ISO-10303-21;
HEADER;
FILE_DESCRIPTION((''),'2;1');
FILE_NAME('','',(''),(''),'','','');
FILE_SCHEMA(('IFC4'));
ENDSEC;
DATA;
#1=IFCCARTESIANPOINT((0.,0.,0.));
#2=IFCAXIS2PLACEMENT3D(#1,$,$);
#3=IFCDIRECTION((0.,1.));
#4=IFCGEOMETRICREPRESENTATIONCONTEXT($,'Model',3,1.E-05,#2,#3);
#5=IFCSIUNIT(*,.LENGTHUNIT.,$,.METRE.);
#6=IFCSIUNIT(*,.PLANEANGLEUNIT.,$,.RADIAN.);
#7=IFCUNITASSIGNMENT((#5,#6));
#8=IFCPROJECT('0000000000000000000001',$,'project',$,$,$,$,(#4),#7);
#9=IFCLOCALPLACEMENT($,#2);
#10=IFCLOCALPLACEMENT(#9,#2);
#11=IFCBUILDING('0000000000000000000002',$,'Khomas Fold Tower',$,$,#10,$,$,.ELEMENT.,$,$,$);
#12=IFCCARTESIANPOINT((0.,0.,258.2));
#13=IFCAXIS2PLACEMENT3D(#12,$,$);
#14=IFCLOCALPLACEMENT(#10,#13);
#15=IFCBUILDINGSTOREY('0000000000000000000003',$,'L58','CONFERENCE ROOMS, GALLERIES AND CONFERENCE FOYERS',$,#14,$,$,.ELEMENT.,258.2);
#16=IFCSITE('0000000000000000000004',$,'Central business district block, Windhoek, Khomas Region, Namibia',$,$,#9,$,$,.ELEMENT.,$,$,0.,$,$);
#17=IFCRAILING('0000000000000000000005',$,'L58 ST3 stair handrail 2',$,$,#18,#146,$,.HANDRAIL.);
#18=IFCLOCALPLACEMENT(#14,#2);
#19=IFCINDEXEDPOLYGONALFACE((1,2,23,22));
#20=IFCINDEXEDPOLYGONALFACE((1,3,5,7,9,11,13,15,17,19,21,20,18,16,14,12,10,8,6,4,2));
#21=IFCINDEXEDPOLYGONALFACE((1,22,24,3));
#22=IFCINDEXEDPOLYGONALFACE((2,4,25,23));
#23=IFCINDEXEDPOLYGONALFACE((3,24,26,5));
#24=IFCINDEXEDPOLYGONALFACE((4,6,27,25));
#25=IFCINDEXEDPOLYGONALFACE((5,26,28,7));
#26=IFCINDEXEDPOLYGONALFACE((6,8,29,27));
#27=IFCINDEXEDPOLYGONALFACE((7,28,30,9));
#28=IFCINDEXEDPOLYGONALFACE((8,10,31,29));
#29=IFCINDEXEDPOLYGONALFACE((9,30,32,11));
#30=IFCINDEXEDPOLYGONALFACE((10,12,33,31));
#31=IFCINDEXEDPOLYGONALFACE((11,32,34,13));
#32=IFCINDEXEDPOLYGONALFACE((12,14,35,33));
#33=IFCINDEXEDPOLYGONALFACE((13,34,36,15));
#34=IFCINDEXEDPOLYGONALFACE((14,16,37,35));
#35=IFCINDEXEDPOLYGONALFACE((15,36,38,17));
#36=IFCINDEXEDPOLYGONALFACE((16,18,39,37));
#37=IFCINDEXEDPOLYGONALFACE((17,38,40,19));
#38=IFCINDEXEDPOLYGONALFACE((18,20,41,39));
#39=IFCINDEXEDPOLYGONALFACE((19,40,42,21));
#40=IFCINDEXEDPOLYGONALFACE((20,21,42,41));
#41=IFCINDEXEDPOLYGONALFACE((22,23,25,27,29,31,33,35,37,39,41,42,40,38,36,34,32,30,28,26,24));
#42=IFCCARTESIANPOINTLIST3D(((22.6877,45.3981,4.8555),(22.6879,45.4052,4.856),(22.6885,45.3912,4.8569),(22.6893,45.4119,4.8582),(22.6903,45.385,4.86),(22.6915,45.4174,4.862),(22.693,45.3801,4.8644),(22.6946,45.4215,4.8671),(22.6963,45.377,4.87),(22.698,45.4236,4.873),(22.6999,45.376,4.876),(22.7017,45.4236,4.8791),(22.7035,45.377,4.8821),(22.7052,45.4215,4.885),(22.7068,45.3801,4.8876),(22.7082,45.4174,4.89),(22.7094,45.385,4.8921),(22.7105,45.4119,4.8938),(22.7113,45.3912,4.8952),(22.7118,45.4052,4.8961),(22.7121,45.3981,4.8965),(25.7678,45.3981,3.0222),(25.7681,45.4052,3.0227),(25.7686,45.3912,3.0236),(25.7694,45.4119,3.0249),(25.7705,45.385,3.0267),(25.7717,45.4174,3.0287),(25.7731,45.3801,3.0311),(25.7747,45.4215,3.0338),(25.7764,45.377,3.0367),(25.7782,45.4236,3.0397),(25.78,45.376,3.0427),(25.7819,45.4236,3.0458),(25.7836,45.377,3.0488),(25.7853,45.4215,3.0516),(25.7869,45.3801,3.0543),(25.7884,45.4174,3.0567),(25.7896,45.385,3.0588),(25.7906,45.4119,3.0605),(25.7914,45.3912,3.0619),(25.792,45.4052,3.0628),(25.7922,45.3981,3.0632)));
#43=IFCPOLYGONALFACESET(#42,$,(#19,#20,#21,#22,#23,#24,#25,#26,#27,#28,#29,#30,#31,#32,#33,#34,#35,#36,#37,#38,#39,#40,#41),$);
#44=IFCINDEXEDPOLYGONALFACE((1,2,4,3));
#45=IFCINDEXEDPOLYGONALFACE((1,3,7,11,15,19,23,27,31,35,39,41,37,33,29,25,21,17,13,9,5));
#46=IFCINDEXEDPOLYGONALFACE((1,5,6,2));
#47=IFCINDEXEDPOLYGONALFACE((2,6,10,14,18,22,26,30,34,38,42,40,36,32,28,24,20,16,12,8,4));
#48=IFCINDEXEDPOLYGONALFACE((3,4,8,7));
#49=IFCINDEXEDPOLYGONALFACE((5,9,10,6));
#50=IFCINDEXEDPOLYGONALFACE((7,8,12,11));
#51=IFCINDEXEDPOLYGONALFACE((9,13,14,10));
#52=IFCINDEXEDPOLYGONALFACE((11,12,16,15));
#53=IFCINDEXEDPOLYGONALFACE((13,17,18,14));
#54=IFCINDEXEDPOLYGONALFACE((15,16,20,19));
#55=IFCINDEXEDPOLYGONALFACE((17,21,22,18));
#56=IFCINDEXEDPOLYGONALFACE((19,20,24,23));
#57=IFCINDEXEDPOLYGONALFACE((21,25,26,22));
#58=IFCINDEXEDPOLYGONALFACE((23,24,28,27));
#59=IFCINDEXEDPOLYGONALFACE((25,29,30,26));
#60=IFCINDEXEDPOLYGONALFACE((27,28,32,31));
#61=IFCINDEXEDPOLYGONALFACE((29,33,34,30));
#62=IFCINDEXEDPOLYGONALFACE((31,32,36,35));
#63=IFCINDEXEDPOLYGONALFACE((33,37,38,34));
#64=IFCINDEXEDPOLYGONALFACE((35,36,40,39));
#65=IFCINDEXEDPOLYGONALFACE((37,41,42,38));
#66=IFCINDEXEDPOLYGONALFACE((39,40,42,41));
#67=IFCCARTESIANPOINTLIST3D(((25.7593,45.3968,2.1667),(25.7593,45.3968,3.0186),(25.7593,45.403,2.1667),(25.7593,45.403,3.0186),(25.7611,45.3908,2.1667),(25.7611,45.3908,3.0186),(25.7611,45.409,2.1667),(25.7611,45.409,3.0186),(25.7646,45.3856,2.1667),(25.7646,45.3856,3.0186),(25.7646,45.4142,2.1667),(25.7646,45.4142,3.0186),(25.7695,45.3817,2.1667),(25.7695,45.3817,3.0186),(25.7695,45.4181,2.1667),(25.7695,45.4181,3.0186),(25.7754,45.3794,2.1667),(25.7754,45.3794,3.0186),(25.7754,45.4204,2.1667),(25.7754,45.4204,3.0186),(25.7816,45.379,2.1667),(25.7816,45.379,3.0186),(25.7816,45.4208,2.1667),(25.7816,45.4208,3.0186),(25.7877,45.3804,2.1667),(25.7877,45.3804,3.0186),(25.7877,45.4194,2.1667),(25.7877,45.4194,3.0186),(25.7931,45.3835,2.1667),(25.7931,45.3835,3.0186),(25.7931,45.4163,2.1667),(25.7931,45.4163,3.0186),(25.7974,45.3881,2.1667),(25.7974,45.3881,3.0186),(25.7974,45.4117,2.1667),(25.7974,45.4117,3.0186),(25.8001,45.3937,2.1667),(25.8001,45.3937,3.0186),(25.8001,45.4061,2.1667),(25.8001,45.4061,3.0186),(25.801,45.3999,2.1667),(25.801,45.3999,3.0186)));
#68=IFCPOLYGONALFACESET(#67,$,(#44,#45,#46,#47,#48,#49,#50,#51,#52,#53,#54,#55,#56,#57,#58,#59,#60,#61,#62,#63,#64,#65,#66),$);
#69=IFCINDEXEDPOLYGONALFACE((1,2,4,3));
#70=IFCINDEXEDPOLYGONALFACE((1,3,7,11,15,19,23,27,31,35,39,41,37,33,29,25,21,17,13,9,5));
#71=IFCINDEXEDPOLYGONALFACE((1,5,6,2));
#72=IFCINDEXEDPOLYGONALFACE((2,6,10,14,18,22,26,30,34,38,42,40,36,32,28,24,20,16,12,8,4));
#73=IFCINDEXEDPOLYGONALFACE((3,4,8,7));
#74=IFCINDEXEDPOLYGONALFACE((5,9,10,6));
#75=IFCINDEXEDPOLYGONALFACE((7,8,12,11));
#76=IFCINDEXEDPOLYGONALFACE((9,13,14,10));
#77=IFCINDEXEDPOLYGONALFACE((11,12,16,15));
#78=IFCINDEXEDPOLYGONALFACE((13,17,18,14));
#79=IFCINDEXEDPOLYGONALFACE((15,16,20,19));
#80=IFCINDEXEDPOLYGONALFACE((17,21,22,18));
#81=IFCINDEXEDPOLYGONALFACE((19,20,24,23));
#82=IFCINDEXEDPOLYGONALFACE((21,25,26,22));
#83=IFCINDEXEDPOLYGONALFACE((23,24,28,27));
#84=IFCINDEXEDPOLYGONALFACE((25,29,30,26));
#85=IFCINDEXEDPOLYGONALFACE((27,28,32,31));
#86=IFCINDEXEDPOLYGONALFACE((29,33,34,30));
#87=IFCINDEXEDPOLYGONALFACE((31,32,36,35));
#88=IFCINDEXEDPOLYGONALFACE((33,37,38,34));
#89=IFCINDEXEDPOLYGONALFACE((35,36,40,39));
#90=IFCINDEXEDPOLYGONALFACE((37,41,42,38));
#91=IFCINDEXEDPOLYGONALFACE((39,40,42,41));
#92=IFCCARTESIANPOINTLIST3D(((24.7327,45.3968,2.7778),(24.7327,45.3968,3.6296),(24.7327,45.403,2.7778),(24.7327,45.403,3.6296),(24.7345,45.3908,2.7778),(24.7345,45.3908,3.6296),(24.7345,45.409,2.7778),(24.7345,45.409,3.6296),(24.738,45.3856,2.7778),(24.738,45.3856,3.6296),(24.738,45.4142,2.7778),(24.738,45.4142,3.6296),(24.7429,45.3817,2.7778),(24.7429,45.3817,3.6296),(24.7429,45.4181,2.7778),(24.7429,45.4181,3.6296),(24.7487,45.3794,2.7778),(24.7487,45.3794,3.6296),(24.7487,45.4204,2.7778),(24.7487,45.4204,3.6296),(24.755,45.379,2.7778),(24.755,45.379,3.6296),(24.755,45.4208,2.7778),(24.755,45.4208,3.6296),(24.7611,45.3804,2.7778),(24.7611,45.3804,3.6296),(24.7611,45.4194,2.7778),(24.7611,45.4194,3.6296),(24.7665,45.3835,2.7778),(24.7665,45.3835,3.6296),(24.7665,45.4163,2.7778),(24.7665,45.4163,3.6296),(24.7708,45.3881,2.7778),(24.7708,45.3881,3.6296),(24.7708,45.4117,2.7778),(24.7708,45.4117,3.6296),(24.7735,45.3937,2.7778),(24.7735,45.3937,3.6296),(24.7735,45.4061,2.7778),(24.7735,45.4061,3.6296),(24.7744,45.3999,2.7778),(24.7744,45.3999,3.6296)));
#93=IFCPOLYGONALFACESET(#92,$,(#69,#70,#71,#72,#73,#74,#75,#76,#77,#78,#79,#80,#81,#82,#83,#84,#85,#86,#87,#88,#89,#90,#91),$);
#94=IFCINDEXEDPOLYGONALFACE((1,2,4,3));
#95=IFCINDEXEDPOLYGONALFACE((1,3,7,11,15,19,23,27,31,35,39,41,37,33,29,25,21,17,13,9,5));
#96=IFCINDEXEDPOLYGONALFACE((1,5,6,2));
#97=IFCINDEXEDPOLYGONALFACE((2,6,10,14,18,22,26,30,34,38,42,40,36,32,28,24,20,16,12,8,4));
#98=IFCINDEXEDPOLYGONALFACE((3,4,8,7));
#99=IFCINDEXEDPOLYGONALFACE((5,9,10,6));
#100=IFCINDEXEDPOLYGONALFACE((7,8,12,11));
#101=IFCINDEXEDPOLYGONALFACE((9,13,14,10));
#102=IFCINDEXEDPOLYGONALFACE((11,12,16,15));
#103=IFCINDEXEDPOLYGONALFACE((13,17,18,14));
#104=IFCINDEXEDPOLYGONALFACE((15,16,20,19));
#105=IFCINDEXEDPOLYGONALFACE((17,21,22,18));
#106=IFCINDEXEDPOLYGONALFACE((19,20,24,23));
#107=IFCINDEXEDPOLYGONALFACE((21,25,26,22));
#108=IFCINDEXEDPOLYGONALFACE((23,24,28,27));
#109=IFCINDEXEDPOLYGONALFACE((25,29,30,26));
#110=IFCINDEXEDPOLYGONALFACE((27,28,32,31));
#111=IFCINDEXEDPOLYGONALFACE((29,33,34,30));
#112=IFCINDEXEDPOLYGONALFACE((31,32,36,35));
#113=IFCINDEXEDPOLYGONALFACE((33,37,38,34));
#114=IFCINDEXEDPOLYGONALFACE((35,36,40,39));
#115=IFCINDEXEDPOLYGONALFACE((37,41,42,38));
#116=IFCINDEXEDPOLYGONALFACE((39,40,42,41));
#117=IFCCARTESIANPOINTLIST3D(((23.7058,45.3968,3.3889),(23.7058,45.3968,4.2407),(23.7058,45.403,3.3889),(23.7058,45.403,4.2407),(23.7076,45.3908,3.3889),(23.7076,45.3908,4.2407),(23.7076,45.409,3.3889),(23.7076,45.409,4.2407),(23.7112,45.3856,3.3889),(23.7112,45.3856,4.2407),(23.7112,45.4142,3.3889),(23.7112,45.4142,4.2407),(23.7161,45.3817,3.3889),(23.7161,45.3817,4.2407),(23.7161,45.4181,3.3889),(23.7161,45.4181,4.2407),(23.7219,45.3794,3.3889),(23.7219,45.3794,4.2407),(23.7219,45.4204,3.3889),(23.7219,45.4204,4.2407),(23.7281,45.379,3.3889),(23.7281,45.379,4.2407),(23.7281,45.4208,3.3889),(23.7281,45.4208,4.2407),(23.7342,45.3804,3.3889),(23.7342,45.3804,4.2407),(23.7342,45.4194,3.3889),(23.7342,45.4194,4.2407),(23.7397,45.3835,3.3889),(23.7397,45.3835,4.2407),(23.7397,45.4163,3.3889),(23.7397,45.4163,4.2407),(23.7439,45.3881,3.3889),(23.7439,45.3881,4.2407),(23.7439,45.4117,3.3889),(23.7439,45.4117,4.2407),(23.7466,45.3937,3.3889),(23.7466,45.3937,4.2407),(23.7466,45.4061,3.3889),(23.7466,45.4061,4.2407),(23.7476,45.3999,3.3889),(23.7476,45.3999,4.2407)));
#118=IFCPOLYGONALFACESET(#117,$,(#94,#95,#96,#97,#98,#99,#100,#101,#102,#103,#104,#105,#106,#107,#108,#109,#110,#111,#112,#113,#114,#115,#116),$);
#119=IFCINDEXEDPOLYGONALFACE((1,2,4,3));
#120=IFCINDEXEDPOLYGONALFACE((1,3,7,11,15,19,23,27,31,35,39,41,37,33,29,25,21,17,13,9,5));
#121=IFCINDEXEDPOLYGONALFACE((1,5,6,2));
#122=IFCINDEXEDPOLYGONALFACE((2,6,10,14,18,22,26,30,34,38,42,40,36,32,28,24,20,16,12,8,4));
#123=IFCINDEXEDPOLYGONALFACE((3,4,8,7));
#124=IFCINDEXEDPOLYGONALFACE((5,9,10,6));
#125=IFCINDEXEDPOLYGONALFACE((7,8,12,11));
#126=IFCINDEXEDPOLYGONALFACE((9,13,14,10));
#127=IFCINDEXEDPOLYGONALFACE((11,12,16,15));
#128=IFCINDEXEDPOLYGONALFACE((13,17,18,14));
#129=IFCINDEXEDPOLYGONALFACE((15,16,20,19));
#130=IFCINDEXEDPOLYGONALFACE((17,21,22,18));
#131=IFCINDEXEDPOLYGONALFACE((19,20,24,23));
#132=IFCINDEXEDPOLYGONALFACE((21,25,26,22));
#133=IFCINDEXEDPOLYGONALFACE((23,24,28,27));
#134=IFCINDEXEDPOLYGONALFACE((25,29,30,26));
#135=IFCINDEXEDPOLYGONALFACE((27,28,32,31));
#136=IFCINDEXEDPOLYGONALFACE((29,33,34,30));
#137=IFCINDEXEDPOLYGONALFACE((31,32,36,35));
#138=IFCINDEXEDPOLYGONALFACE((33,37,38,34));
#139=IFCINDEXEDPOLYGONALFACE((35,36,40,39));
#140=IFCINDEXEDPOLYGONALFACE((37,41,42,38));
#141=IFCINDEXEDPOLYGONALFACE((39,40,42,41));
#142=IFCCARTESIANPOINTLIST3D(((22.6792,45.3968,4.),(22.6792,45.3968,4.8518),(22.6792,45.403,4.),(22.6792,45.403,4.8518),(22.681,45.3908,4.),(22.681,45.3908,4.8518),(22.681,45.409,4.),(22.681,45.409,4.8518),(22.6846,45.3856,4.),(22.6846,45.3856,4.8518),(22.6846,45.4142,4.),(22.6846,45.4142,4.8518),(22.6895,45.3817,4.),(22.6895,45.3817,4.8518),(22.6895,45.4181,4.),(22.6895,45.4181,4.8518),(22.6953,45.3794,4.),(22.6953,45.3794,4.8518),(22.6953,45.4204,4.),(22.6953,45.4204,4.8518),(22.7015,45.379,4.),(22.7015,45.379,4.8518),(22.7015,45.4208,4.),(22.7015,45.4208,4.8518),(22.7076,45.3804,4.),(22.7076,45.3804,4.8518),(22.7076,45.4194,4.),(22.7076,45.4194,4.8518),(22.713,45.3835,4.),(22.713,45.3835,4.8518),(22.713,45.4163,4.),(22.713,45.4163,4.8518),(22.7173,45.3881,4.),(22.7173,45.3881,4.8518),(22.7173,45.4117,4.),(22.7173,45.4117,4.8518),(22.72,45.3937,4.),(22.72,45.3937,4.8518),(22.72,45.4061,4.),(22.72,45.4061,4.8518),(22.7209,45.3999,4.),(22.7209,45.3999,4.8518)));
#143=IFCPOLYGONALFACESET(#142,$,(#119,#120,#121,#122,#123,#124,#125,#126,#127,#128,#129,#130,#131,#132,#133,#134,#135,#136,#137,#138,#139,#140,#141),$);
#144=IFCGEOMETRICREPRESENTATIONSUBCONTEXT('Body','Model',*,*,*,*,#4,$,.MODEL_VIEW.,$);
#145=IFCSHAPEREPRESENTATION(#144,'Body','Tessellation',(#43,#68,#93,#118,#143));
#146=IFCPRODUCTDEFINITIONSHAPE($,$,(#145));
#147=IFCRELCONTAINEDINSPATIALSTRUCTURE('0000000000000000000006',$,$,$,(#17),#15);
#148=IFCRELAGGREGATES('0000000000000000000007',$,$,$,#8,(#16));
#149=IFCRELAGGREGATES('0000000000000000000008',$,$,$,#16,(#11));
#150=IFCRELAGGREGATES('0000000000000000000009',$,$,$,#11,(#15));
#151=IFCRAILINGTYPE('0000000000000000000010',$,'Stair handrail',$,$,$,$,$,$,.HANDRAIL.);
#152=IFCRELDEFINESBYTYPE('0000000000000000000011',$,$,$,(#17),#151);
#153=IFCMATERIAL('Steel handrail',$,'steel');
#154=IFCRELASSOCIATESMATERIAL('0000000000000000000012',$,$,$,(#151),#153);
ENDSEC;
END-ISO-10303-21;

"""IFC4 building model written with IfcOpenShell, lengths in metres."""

from ifc_helpers import new_model, si_unit, direction, frame, origin, origin_2d, place, context, subcontext, project, spatial, circle, extrude, source, transform, mapped, material, type_object, element, save


model = new_model("IFC4")

# Units and contexts
model_context = context("Model", 3, precision=1e-05, world=origin(), true_north=direction((0.0, 1.0)))
body_context = subcontext(model_context, "Body", "Model", "MODEL_VIEW")
ifc_project = project(units=[si_unit("LENGTHUNIT", "METRE"), si_unit("PLANEANGLEUNIT", "RADIAN")], contexts=[model_context])

# Site, building, storey
site_placement = place(None, origin())
site = spatial("IfcSite", under=ifc_project, at=site_placement, Name="Central business district block, Windhoek, Khomas Region, Namibia", CompositionType="ELEMENT", RefElevation=0.0)
building_placement = place(site_placement, origin())
building = spatial("IfcBuilding", under=site, at=building_placement, Name="Khomas Fold Tower", CompositionType="ELEMENT")
storey_placement = place(building_placement, frame((0.0, 0.0, 258.2)))
storey = spatial("IfcBuildingStorey", under=building, at=storey_placement, Name="L58", Description="CONFERENCE ROOMS, GALLERIES AND CONFERENCE FOYERS", CompositionType="ELEMENT", Elevation=258.2)

# Railing
ifc_material_1 = material(Name="Steel handrail", Category="steel")
railing_type_1 = type_object("IfcRailingType", Name="Stair handrail", PredefinedType="HANDRAIL", material=ifc_material_1)
shared_shape_1 = source(origin(), body_context, "Body", "SweptSolid", [
    extrude(circle(Radius=0.0239, at=origin_2d()), frame((0.0, 0.0, 0.876), z_axis=(-0.859309, 0.0, 0.511458), x_axis=(0.0, -1.0, 0.0)), (0.0, 0.0, 1.0), 3.5845),
    extrude(circle(Radius=0.021, at=origin_2d()), origin(), (0.0, 0.0, 1.0), 0.8518),
    extrude(circle(Radius=0.021, at=origin_2d()), frame((-1.0266, 0.0, 0.6111)), (0.0, 0.0, 1.0), 0.8518),
    extrude(circle(Radius=0.021, at=origin_2d()), frame((-2.0535, 0.0, 1.2222)), (0.0, 0.0, 1.0), 0.8518),
    extrude(circle(Radius=0.021, at=origin_2d()), frame((-3.0801, 0.0, 1.8333)), (0.0, 0.0, 1.0), 0.8518),
])
railing_1_placement = place(storey_placement, frame((25.78, 45.3999, 2.1667)))
element("IfcRailing", 1, at=railing_1_placement, inside=storey, type_object=railing_type_1, Name="L58 ST3 stair handrail 2", PredefinedType="HANDRAIL", context=body_context, shape_type="MappedRepresentation", body=[
    mapped(shared_shape_1, transform((0.0, 0.0, 0.0))),
])

save(model, "model.ifc")
